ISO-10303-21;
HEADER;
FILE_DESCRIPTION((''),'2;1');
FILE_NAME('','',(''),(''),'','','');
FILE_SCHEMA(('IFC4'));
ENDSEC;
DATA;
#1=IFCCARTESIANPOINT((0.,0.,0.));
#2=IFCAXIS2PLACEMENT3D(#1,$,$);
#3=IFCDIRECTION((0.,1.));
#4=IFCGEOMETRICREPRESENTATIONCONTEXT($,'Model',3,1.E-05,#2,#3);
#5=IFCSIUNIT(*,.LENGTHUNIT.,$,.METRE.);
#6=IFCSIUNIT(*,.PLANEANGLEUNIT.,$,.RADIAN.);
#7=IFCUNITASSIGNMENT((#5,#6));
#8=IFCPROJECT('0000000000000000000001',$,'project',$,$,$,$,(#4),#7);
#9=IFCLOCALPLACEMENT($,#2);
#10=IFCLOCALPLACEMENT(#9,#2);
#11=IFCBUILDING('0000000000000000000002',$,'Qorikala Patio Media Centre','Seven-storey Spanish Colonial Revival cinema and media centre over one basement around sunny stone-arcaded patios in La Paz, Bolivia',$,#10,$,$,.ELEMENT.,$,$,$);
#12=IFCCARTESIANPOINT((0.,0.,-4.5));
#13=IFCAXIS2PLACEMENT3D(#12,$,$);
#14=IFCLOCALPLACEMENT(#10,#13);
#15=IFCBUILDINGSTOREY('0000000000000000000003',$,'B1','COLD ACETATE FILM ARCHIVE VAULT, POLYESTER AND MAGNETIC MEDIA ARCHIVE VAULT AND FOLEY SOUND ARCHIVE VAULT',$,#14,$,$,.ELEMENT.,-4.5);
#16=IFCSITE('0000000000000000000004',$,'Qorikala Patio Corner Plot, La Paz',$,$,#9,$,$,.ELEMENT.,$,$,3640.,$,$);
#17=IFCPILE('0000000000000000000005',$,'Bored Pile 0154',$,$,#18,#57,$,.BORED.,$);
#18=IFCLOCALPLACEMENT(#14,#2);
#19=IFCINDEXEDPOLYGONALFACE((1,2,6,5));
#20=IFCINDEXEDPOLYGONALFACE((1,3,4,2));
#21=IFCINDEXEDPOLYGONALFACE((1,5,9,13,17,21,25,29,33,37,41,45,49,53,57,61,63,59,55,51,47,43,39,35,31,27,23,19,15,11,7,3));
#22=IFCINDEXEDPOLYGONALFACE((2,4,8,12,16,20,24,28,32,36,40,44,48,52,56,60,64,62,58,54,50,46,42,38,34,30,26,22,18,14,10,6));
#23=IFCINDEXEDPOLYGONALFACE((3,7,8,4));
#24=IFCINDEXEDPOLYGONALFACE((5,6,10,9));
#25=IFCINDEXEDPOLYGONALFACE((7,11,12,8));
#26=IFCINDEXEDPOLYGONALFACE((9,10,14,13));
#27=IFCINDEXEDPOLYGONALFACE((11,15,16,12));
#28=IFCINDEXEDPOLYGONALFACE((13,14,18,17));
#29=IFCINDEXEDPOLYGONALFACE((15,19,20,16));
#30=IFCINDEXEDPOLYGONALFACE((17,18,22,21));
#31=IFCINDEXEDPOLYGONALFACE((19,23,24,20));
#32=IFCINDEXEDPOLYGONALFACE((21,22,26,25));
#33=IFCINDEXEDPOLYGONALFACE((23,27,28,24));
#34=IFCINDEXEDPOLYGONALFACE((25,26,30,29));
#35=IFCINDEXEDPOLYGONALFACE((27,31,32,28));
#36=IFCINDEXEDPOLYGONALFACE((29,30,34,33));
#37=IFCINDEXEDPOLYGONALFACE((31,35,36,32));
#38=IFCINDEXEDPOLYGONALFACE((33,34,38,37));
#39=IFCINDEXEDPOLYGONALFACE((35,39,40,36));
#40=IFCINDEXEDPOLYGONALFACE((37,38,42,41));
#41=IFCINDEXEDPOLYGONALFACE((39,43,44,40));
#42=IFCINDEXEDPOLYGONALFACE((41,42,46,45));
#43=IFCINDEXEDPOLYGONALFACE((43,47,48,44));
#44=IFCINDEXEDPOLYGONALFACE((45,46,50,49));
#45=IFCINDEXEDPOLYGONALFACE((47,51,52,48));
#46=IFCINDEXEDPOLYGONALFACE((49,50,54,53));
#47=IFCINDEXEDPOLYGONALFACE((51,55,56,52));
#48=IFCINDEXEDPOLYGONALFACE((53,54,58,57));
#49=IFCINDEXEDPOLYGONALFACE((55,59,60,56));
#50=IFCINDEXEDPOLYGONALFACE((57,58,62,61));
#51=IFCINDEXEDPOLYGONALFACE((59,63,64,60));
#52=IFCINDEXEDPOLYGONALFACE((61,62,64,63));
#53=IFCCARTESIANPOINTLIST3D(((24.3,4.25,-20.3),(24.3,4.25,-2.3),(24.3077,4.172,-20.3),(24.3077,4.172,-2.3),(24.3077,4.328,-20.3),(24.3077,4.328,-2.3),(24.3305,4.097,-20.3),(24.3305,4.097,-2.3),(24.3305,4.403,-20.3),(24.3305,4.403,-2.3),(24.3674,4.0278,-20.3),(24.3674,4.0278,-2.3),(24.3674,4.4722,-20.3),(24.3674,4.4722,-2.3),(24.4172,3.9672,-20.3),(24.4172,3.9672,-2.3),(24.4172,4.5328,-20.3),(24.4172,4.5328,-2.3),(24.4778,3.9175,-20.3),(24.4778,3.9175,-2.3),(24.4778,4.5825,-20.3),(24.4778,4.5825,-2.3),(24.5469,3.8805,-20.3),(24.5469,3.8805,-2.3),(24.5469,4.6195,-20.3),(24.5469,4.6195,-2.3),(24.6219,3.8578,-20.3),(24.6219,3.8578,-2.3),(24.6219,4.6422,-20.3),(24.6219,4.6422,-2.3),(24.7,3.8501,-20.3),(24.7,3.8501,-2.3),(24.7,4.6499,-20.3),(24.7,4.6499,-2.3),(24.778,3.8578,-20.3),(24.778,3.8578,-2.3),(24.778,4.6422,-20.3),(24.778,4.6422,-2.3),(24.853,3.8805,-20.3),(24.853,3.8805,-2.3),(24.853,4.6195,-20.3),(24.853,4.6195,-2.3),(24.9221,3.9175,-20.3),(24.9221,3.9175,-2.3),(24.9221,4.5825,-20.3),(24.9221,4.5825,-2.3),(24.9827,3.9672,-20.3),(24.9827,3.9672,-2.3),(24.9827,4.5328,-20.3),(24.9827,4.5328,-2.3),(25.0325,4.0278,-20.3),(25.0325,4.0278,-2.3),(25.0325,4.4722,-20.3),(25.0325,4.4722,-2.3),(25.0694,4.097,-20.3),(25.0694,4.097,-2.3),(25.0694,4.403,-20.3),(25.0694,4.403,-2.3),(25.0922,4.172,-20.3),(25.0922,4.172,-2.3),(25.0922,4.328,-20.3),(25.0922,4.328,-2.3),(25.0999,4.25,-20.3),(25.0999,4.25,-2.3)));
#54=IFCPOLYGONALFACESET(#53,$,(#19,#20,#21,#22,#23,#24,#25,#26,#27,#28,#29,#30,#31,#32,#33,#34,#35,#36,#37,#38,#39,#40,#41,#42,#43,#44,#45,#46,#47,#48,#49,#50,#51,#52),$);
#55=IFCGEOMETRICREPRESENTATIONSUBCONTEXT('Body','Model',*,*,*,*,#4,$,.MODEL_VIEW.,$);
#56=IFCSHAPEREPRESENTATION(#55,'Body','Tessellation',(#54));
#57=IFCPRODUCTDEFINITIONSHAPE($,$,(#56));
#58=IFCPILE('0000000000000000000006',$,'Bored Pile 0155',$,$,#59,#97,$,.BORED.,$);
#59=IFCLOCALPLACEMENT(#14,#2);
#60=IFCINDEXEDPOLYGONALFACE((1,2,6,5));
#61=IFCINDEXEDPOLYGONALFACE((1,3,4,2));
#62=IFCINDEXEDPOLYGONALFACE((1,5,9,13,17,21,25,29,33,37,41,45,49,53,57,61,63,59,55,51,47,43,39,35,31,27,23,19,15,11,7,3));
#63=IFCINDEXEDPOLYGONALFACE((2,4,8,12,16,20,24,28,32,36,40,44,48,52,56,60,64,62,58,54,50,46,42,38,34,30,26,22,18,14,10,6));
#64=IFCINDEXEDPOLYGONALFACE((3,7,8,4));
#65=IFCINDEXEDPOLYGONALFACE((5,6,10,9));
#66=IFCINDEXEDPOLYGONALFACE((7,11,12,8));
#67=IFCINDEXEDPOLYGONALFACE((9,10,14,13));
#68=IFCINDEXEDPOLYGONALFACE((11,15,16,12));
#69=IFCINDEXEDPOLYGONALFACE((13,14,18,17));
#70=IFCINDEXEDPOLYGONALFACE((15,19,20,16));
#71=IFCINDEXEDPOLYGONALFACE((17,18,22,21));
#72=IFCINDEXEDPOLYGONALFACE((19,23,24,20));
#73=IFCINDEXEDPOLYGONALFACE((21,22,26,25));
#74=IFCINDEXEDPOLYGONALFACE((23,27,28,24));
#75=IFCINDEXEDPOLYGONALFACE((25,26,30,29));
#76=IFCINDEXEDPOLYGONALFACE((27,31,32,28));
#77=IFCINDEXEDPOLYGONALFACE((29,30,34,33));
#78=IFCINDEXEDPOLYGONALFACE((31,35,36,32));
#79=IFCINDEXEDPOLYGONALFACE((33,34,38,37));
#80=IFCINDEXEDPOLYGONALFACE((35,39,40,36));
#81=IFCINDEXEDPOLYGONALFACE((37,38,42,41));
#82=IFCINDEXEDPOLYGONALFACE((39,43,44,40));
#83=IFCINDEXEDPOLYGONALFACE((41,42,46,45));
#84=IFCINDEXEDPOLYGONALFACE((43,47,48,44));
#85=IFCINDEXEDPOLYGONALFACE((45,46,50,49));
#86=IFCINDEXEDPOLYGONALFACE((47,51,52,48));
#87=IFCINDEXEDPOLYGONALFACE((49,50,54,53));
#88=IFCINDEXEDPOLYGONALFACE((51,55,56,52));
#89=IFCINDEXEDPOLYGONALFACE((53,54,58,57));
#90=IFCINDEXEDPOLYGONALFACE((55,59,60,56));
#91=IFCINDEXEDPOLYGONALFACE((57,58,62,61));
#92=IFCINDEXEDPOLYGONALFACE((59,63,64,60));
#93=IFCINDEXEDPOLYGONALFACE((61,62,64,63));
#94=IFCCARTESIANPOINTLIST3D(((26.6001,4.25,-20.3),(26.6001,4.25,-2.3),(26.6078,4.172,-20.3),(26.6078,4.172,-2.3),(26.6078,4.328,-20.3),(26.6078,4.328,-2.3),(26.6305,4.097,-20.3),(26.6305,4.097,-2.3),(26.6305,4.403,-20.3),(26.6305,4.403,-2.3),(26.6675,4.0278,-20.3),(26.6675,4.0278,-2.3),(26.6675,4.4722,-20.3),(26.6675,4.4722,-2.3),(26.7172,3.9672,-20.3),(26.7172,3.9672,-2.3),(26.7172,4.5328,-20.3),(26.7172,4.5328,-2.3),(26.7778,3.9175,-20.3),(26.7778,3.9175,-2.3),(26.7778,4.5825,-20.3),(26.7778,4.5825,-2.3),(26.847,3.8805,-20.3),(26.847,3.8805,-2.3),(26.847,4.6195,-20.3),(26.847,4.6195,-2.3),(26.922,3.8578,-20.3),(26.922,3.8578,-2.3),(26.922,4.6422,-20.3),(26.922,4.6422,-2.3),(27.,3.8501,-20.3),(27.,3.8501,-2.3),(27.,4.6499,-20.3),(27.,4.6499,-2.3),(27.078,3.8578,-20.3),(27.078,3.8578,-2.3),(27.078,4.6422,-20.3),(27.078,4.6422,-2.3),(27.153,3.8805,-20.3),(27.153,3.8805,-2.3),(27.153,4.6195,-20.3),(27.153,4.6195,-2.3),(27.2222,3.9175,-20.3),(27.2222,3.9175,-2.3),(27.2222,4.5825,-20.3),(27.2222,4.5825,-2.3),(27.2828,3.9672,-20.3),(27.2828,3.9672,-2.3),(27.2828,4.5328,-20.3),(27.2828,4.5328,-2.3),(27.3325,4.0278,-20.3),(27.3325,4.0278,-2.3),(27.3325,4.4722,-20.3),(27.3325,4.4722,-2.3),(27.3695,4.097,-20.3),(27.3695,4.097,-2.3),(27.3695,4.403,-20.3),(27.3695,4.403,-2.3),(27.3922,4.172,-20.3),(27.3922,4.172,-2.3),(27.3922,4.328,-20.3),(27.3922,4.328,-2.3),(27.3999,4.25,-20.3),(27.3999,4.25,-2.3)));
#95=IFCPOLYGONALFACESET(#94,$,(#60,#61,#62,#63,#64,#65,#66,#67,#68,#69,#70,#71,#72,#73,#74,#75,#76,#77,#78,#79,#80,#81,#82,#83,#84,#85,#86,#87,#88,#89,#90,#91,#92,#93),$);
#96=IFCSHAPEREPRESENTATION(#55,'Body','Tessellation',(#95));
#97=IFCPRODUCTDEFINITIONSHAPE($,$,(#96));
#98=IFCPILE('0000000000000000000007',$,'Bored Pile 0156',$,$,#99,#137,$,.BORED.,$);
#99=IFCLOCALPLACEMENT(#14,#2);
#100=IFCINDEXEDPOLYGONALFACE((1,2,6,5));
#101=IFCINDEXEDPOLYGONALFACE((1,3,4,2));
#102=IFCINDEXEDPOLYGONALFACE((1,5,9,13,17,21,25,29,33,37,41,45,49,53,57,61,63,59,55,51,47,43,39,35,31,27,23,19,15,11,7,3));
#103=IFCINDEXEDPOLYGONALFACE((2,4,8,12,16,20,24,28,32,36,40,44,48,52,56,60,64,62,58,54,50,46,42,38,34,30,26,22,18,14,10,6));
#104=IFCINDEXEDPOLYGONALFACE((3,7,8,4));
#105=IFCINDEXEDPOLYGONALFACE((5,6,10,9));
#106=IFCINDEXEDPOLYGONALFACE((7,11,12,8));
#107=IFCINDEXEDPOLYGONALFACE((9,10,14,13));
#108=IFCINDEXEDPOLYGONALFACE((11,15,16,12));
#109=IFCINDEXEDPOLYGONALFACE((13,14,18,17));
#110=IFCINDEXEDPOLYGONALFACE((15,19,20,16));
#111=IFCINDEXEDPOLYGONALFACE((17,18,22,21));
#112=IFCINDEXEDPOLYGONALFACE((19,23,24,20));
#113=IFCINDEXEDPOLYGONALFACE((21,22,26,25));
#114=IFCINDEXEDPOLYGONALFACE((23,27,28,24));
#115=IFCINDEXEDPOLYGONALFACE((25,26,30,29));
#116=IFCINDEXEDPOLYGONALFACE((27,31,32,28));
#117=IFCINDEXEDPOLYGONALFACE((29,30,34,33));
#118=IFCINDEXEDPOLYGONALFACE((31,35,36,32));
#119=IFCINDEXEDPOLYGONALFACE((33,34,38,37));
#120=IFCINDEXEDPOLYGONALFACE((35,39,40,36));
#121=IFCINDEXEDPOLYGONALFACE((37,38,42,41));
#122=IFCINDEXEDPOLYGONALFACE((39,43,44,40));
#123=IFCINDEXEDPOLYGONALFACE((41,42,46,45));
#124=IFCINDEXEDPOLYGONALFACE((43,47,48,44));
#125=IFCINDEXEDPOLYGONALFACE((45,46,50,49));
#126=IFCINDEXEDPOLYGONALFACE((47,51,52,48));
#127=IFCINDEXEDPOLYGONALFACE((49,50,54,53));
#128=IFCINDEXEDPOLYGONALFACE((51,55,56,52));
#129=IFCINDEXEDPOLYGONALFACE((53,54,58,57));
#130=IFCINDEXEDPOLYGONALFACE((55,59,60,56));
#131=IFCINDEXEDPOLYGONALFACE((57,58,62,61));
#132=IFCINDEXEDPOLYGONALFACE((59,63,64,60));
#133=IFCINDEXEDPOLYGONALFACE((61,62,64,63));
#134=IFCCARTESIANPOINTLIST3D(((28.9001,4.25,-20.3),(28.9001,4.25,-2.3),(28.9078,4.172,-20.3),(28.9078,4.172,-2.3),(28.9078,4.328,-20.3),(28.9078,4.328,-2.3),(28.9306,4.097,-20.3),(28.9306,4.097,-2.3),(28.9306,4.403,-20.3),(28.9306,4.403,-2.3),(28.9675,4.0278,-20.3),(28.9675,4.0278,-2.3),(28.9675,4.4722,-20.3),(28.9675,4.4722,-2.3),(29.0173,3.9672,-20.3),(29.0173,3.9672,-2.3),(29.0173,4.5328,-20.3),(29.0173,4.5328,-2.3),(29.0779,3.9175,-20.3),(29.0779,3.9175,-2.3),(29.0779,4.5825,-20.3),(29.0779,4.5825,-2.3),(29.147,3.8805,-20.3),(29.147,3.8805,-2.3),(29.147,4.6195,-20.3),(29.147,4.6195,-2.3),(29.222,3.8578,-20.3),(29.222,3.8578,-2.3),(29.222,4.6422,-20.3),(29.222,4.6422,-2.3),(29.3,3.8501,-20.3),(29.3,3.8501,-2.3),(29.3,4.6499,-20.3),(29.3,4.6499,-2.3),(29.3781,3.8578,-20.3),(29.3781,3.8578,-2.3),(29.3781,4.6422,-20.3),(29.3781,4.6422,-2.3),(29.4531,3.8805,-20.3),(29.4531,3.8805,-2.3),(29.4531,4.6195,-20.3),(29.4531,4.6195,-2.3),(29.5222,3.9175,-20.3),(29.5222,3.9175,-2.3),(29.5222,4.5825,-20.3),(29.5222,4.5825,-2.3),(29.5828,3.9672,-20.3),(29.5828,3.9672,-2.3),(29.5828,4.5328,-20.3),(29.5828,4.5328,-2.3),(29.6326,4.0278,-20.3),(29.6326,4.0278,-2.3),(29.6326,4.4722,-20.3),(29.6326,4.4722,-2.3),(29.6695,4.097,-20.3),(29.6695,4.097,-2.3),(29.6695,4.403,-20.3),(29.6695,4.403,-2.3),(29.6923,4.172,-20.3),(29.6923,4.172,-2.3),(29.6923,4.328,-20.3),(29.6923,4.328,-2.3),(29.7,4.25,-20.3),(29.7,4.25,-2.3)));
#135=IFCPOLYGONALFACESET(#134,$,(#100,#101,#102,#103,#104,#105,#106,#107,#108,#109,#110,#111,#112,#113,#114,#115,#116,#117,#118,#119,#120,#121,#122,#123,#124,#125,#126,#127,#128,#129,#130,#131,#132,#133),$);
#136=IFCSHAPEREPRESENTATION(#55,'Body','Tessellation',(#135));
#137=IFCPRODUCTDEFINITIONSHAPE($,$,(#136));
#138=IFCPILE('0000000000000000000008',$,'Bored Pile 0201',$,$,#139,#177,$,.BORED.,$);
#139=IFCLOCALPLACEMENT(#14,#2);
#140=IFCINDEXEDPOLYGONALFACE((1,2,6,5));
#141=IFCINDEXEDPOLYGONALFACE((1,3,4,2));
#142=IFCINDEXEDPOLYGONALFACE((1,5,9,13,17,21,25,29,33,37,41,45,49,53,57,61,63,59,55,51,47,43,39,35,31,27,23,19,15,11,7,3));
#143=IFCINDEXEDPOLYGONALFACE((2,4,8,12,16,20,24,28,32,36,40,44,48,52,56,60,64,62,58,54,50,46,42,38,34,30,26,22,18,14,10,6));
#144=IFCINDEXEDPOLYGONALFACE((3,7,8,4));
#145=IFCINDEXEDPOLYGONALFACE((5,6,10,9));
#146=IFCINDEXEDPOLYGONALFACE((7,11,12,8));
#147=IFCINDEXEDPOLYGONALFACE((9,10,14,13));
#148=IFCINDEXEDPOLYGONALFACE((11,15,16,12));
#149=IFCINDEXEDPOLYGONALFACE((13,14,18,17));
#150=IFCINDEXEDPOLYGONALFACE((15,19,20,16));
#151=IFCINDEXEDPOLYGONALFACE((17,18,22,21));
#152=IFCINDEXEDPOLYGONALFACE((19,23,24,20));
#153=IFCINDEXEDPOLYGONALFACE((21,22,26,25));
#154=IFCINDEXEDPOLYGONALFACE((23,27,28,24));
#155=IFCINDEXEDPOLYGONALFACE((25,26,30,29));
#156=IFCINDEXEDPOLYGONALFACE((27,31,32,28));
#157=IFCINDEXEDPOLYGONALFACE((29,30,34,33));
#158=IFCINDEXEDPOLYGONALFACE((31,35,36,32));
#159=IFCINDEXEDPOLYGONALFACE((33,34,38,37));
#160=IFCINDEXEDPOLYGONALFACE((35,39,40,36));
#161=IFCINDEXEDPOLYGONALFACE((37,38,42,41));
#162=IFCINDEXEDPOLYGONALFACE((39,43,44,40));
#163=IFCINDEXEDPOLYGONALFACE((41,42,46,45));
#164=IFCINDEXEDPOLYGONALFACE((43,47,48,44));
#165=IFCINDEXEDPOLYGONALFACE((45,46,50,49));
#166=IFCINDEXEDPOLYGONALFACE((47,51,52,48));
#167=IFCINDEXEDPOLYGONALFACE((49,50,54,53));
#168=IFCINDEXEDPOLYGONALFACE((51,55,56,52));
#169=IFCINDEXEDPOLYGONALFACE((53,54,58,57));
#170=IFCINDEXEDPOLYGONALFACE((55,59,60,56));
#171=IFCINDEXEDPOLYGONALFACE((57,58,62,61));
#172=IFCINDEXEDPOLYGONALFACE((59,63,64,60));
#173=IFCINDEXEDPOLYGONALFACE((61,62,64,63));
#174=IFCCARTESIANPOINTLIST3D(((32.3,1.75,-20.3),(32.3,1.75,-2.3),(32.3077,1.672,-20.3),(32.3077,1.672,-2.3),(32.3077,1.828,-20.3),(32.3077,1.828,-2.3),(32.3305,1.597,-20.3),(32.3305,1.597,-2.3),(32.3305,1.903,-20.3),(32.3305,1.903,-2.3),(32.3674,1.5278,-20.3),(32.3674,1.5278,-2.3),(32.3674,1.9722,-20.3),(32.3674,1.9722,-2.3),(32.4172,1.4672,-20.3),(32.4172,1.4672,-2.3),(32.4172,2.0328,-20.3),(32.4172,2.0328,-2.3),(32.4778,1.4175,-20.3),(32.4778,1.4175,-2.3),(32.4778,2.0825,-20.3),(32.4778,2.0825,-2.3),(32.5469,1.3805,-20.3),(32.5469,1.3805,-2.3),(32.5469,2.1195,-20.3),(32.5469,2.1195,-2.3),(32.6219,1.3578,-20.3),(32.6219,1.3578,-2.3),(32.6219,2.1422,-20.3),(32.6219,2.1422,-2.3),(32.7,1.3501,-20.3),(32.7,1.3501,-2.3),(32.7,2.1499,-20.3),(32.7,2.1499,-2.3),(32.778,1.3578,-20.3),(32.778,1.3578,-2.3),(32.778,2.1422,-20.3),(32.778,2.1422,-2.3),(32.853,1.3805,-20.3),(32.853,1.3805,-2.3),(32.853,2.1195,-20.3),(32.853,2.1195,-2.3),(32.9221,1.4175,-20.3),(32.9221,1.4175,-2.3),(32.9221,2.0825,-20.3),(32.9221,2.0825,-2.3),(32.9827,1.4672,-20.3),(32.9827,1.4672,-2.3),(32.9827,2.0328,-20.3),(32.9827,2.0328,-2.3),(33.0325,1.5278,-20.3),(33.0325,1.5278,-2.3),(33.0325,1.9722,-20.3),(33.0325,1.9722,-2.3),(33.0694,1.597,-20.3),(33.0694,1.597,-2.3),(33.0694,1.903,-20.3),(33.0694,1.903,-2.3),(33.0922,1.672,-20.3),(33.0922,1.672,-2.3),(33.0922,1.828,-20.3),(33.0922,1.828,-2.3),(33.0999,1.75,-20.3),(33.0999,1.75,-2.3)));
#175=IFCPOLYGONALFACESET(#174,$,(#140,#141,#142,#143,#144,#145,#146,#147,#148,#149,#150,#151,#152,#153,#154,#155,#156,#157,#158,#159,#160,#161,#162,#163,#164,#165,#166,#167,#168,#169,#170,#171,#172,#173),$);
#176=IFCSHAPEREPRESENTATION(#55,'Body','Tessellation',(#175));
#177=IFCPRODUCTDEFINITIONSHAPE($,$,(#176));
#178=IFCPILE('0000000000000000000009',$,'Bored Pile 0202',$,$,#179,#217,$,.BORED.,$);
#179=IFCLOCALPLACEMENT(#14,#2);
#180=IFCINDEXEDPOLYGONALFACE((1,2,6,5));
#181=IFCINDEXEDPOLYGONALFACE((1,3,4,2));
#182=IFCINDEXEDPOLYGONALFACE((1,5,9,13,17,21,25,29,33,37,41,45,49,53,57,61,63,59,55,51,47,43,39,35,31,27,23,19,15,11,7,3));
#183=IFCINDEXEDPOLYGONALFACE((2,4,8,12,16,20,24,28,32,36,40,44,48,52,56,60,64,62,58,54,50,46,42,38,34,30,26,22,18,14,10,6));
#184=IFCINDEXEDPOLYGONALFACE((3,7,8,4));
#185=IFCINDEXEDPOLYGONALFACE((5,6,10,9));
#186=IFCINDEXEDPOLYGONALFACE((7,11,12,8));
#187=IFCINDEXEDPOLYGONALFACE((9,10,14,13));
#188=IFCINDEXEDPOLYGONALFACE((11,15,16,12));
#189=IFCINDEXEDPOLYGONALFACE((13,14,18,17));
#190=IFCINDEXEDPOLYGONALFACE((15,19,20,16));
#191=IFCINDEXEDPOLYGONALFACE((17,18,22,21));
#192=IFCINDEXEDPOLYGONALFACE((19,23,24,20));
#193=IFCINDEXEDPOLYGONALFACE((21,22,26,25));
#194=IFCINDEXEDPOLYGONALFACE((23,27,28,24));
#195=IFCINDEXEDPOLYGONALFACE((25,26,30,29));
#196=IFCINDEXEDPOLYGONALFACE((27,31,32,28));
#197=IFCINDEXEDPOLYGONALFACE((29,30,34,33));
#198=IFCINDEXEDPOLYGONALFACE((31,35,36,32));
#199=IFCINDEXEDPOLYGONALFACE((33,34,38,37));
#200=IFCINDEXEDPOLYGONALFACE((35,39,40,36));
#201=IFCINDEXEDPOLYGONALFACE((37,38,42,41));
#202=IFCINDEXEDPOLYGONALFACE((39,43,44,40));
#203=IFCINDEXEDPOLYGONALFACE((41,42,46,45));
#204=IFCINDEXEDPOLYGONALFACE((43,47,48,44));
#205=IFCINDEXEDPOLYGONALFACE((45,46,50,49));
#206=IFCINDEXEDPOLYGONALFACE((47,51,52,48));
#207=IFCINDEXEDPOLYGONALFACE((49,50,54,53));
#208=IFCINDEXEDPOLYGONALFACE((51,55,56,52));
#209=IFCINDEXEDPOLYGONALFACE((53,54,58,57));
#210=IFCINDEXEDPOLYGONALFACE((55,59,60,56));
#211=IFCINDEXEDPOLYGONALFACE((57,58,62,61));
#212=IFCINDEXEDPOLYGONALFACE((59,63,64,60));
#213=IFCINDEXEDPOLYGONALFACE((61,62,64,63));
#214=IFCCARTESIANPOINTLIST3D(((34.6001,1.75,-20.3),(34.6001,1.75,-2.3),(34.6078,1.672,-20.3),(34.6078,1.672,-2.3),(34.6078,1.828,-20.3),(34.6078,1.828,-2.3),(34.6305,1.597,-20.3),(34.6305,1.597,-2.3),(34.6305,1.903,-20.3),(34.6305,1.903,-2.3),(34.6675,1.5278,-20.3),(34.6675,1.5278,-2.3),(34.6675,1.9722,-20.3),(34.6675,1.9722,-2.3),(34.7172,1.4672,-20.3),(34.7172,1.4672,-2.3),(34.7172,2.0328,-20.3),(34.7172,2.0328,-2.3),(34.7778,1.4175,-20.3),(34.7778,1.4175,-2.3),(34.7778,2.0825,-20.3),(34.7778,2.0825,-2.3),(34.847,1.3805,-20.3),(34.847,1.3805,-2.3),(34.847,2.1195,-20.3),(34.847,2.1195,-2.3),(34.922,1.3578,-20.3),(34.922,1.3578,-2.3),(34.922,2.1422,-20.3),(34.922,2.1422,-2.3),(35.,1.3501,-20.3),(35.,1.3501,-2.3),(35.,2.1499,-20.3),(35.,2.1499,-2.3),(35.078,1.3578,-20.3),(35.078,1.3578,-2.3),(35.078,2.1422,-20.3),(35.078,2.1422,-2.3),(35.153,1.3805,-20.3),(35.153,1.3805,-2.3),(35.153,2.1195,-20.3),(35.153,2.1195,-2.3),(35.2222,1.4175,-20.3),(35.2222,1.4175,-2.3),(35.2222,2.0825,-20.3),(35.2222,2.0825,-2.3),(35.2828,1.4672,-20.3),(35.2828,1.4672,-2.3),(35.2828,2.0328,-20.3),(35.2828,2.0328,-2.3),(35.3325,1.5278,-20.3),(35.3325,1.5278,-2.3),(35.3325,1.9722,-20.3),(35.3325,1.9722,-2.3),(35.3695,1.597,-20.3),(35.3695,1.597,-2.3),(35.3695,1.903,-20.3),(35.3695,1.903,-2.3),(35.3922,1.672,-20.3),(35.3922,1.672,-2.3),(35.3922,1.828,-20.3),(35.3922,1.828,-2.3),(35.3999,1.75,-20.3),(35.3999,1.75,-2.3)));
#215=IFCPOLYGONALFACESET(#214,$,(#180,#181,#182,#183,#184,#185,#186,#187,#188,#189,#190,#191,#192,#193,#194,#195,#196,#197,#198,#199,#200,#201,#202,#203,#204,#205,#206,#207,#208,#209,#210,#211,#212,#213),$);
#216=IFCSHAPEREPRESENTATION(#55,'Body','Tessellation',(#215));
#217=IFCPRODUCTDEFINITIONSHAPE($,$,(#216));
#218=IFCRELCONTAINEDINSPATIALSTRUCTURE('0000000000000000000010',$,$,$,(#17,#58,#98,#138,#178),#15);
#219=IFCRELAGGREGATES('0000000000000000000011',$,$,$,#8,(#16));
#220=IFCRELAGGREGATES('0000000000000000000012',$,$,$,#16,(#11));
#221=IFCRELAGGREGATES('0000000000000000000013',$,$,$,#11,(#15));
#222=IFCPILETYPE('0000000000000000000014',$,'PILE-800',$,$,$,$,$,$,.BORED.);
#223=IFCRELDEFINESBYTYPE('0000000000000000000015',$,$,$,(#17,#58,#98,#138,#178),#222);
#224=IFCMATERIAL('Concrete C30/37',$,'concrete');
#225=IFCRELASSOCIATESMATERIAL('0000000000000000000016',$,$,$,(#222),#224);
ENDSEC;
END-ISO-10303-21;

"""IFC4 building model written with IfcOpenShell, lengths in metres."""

from ifc_helpers import new_model, si_unit, direction, frame, origin, origin_2d, place, context, subcontext, project, spatial, circle, extrude, material, material_profile, profile_set, type_object, element, save


model = new_model("IFC4")

# Units and contexts
model_context = context("Model", 3, precision=1e-05, world=origin(), true_north=direction((0.0, 1.0)))
body_context = subcontext(model_context, "Body", "Model", "MODEL_VIEW")
ifc_project = project(units=[si_unit("LENGTHUNIT", "METRE"), si_unit("PLANEANGLEUNIT", "RADIAN")], contexts=[model_context])

# Site, building, storey
site_placement = place(None, origin())
site = spatial("IfcSite", under=ifc_project, at=site_placement, Name="Qorikala Patio Corner Plot, La Paz", CompositionType="ELEMENT", RefElevation=3640.0)
building_placement = place(site_placement, origin())
building = spatial("IfcBuilding", under=site, at=building_placement, Name="Qorikala Patio Media Centre", Description="Seven-storey Spanish Colonial Revival cinema and media centre over one basement around sunny stone-arcaded patios in La Paz, Bolivia", CompositionType="ELEMENT")
storey_placement = place(building_placement, frame((0.0, 0.0, -4.5)))
storey = spatial("IfcBuildingStorey", under=building, at=storey_placement, Name="B1", Description="COLD ACETATE FILM ARCHIVE VAULT, POLYESTER AND MAGNETIC MEDIA ARCHIVE VAULT AND FOLEY SOUND ARCHIVE VAULT", CompositionType="ELEMENT", Elevation=-4.5)

# Shared definitions
ifc_material_1 = material(Name="Concrete C30/37", Category="concrete")

# Piles
ifc_material_profile_1 = material_profile(ifc_material_1, circle(Radius=0.3999, at=origin_2d()), Name="BORED PILE 800")
ifc_profile_set_1 = profile_set([ifc_material_profile_1], Name="Concrete C30/37")
pile_type = type_object("IfcPileType", Name="PILE-800", PredefinedType="BORED", material=ifc_profile_set_1)
for number, where, z_axis, x_axis, name in (
    (1, (24.7, 4.25, -2.3), (0.0, 0.0, -1.0), (1.0, 0.0, 0.0), "Bored Pile 0154"),
    (2, (27.0, 4.25, -2.3), (0.0, 0.0, -1.0), (1.0, 0.0, 0.0), "Bored Pile 0155"),
    (3, (29.3, 4.25, -2.3), (0.0, 0.0, -1.0), (1.0, 0.0, 0.0), "Bored Pile 0156"),
    (4, (32.7, 1.75, -2.3), (0.0, 0.0, -1.0), (1.0, 0.0, 0.0), "Bored Pile 0201"),
    (5, (35.0, 1.75, -2.3), (0.0, 0.0, -1.0), (1.0, 0.0, 0.0), "Bored Pile 0202"),
):
    element("IfcPile", number, at=place(storey_placement, frame(where, z_axis=z_axis, x_axis=x_axis)), inside=storey, type_object=pile_type, Name=name, PredefinedType="BORED", context=body_context, shape_type="SweptSolid", body=[
        extrude(circle(Radius=0.3999, at=origin_2d()), origin(), (0.0, 0.0, 1.0), 18.0),
    ])

save(model, "model.ifc")
